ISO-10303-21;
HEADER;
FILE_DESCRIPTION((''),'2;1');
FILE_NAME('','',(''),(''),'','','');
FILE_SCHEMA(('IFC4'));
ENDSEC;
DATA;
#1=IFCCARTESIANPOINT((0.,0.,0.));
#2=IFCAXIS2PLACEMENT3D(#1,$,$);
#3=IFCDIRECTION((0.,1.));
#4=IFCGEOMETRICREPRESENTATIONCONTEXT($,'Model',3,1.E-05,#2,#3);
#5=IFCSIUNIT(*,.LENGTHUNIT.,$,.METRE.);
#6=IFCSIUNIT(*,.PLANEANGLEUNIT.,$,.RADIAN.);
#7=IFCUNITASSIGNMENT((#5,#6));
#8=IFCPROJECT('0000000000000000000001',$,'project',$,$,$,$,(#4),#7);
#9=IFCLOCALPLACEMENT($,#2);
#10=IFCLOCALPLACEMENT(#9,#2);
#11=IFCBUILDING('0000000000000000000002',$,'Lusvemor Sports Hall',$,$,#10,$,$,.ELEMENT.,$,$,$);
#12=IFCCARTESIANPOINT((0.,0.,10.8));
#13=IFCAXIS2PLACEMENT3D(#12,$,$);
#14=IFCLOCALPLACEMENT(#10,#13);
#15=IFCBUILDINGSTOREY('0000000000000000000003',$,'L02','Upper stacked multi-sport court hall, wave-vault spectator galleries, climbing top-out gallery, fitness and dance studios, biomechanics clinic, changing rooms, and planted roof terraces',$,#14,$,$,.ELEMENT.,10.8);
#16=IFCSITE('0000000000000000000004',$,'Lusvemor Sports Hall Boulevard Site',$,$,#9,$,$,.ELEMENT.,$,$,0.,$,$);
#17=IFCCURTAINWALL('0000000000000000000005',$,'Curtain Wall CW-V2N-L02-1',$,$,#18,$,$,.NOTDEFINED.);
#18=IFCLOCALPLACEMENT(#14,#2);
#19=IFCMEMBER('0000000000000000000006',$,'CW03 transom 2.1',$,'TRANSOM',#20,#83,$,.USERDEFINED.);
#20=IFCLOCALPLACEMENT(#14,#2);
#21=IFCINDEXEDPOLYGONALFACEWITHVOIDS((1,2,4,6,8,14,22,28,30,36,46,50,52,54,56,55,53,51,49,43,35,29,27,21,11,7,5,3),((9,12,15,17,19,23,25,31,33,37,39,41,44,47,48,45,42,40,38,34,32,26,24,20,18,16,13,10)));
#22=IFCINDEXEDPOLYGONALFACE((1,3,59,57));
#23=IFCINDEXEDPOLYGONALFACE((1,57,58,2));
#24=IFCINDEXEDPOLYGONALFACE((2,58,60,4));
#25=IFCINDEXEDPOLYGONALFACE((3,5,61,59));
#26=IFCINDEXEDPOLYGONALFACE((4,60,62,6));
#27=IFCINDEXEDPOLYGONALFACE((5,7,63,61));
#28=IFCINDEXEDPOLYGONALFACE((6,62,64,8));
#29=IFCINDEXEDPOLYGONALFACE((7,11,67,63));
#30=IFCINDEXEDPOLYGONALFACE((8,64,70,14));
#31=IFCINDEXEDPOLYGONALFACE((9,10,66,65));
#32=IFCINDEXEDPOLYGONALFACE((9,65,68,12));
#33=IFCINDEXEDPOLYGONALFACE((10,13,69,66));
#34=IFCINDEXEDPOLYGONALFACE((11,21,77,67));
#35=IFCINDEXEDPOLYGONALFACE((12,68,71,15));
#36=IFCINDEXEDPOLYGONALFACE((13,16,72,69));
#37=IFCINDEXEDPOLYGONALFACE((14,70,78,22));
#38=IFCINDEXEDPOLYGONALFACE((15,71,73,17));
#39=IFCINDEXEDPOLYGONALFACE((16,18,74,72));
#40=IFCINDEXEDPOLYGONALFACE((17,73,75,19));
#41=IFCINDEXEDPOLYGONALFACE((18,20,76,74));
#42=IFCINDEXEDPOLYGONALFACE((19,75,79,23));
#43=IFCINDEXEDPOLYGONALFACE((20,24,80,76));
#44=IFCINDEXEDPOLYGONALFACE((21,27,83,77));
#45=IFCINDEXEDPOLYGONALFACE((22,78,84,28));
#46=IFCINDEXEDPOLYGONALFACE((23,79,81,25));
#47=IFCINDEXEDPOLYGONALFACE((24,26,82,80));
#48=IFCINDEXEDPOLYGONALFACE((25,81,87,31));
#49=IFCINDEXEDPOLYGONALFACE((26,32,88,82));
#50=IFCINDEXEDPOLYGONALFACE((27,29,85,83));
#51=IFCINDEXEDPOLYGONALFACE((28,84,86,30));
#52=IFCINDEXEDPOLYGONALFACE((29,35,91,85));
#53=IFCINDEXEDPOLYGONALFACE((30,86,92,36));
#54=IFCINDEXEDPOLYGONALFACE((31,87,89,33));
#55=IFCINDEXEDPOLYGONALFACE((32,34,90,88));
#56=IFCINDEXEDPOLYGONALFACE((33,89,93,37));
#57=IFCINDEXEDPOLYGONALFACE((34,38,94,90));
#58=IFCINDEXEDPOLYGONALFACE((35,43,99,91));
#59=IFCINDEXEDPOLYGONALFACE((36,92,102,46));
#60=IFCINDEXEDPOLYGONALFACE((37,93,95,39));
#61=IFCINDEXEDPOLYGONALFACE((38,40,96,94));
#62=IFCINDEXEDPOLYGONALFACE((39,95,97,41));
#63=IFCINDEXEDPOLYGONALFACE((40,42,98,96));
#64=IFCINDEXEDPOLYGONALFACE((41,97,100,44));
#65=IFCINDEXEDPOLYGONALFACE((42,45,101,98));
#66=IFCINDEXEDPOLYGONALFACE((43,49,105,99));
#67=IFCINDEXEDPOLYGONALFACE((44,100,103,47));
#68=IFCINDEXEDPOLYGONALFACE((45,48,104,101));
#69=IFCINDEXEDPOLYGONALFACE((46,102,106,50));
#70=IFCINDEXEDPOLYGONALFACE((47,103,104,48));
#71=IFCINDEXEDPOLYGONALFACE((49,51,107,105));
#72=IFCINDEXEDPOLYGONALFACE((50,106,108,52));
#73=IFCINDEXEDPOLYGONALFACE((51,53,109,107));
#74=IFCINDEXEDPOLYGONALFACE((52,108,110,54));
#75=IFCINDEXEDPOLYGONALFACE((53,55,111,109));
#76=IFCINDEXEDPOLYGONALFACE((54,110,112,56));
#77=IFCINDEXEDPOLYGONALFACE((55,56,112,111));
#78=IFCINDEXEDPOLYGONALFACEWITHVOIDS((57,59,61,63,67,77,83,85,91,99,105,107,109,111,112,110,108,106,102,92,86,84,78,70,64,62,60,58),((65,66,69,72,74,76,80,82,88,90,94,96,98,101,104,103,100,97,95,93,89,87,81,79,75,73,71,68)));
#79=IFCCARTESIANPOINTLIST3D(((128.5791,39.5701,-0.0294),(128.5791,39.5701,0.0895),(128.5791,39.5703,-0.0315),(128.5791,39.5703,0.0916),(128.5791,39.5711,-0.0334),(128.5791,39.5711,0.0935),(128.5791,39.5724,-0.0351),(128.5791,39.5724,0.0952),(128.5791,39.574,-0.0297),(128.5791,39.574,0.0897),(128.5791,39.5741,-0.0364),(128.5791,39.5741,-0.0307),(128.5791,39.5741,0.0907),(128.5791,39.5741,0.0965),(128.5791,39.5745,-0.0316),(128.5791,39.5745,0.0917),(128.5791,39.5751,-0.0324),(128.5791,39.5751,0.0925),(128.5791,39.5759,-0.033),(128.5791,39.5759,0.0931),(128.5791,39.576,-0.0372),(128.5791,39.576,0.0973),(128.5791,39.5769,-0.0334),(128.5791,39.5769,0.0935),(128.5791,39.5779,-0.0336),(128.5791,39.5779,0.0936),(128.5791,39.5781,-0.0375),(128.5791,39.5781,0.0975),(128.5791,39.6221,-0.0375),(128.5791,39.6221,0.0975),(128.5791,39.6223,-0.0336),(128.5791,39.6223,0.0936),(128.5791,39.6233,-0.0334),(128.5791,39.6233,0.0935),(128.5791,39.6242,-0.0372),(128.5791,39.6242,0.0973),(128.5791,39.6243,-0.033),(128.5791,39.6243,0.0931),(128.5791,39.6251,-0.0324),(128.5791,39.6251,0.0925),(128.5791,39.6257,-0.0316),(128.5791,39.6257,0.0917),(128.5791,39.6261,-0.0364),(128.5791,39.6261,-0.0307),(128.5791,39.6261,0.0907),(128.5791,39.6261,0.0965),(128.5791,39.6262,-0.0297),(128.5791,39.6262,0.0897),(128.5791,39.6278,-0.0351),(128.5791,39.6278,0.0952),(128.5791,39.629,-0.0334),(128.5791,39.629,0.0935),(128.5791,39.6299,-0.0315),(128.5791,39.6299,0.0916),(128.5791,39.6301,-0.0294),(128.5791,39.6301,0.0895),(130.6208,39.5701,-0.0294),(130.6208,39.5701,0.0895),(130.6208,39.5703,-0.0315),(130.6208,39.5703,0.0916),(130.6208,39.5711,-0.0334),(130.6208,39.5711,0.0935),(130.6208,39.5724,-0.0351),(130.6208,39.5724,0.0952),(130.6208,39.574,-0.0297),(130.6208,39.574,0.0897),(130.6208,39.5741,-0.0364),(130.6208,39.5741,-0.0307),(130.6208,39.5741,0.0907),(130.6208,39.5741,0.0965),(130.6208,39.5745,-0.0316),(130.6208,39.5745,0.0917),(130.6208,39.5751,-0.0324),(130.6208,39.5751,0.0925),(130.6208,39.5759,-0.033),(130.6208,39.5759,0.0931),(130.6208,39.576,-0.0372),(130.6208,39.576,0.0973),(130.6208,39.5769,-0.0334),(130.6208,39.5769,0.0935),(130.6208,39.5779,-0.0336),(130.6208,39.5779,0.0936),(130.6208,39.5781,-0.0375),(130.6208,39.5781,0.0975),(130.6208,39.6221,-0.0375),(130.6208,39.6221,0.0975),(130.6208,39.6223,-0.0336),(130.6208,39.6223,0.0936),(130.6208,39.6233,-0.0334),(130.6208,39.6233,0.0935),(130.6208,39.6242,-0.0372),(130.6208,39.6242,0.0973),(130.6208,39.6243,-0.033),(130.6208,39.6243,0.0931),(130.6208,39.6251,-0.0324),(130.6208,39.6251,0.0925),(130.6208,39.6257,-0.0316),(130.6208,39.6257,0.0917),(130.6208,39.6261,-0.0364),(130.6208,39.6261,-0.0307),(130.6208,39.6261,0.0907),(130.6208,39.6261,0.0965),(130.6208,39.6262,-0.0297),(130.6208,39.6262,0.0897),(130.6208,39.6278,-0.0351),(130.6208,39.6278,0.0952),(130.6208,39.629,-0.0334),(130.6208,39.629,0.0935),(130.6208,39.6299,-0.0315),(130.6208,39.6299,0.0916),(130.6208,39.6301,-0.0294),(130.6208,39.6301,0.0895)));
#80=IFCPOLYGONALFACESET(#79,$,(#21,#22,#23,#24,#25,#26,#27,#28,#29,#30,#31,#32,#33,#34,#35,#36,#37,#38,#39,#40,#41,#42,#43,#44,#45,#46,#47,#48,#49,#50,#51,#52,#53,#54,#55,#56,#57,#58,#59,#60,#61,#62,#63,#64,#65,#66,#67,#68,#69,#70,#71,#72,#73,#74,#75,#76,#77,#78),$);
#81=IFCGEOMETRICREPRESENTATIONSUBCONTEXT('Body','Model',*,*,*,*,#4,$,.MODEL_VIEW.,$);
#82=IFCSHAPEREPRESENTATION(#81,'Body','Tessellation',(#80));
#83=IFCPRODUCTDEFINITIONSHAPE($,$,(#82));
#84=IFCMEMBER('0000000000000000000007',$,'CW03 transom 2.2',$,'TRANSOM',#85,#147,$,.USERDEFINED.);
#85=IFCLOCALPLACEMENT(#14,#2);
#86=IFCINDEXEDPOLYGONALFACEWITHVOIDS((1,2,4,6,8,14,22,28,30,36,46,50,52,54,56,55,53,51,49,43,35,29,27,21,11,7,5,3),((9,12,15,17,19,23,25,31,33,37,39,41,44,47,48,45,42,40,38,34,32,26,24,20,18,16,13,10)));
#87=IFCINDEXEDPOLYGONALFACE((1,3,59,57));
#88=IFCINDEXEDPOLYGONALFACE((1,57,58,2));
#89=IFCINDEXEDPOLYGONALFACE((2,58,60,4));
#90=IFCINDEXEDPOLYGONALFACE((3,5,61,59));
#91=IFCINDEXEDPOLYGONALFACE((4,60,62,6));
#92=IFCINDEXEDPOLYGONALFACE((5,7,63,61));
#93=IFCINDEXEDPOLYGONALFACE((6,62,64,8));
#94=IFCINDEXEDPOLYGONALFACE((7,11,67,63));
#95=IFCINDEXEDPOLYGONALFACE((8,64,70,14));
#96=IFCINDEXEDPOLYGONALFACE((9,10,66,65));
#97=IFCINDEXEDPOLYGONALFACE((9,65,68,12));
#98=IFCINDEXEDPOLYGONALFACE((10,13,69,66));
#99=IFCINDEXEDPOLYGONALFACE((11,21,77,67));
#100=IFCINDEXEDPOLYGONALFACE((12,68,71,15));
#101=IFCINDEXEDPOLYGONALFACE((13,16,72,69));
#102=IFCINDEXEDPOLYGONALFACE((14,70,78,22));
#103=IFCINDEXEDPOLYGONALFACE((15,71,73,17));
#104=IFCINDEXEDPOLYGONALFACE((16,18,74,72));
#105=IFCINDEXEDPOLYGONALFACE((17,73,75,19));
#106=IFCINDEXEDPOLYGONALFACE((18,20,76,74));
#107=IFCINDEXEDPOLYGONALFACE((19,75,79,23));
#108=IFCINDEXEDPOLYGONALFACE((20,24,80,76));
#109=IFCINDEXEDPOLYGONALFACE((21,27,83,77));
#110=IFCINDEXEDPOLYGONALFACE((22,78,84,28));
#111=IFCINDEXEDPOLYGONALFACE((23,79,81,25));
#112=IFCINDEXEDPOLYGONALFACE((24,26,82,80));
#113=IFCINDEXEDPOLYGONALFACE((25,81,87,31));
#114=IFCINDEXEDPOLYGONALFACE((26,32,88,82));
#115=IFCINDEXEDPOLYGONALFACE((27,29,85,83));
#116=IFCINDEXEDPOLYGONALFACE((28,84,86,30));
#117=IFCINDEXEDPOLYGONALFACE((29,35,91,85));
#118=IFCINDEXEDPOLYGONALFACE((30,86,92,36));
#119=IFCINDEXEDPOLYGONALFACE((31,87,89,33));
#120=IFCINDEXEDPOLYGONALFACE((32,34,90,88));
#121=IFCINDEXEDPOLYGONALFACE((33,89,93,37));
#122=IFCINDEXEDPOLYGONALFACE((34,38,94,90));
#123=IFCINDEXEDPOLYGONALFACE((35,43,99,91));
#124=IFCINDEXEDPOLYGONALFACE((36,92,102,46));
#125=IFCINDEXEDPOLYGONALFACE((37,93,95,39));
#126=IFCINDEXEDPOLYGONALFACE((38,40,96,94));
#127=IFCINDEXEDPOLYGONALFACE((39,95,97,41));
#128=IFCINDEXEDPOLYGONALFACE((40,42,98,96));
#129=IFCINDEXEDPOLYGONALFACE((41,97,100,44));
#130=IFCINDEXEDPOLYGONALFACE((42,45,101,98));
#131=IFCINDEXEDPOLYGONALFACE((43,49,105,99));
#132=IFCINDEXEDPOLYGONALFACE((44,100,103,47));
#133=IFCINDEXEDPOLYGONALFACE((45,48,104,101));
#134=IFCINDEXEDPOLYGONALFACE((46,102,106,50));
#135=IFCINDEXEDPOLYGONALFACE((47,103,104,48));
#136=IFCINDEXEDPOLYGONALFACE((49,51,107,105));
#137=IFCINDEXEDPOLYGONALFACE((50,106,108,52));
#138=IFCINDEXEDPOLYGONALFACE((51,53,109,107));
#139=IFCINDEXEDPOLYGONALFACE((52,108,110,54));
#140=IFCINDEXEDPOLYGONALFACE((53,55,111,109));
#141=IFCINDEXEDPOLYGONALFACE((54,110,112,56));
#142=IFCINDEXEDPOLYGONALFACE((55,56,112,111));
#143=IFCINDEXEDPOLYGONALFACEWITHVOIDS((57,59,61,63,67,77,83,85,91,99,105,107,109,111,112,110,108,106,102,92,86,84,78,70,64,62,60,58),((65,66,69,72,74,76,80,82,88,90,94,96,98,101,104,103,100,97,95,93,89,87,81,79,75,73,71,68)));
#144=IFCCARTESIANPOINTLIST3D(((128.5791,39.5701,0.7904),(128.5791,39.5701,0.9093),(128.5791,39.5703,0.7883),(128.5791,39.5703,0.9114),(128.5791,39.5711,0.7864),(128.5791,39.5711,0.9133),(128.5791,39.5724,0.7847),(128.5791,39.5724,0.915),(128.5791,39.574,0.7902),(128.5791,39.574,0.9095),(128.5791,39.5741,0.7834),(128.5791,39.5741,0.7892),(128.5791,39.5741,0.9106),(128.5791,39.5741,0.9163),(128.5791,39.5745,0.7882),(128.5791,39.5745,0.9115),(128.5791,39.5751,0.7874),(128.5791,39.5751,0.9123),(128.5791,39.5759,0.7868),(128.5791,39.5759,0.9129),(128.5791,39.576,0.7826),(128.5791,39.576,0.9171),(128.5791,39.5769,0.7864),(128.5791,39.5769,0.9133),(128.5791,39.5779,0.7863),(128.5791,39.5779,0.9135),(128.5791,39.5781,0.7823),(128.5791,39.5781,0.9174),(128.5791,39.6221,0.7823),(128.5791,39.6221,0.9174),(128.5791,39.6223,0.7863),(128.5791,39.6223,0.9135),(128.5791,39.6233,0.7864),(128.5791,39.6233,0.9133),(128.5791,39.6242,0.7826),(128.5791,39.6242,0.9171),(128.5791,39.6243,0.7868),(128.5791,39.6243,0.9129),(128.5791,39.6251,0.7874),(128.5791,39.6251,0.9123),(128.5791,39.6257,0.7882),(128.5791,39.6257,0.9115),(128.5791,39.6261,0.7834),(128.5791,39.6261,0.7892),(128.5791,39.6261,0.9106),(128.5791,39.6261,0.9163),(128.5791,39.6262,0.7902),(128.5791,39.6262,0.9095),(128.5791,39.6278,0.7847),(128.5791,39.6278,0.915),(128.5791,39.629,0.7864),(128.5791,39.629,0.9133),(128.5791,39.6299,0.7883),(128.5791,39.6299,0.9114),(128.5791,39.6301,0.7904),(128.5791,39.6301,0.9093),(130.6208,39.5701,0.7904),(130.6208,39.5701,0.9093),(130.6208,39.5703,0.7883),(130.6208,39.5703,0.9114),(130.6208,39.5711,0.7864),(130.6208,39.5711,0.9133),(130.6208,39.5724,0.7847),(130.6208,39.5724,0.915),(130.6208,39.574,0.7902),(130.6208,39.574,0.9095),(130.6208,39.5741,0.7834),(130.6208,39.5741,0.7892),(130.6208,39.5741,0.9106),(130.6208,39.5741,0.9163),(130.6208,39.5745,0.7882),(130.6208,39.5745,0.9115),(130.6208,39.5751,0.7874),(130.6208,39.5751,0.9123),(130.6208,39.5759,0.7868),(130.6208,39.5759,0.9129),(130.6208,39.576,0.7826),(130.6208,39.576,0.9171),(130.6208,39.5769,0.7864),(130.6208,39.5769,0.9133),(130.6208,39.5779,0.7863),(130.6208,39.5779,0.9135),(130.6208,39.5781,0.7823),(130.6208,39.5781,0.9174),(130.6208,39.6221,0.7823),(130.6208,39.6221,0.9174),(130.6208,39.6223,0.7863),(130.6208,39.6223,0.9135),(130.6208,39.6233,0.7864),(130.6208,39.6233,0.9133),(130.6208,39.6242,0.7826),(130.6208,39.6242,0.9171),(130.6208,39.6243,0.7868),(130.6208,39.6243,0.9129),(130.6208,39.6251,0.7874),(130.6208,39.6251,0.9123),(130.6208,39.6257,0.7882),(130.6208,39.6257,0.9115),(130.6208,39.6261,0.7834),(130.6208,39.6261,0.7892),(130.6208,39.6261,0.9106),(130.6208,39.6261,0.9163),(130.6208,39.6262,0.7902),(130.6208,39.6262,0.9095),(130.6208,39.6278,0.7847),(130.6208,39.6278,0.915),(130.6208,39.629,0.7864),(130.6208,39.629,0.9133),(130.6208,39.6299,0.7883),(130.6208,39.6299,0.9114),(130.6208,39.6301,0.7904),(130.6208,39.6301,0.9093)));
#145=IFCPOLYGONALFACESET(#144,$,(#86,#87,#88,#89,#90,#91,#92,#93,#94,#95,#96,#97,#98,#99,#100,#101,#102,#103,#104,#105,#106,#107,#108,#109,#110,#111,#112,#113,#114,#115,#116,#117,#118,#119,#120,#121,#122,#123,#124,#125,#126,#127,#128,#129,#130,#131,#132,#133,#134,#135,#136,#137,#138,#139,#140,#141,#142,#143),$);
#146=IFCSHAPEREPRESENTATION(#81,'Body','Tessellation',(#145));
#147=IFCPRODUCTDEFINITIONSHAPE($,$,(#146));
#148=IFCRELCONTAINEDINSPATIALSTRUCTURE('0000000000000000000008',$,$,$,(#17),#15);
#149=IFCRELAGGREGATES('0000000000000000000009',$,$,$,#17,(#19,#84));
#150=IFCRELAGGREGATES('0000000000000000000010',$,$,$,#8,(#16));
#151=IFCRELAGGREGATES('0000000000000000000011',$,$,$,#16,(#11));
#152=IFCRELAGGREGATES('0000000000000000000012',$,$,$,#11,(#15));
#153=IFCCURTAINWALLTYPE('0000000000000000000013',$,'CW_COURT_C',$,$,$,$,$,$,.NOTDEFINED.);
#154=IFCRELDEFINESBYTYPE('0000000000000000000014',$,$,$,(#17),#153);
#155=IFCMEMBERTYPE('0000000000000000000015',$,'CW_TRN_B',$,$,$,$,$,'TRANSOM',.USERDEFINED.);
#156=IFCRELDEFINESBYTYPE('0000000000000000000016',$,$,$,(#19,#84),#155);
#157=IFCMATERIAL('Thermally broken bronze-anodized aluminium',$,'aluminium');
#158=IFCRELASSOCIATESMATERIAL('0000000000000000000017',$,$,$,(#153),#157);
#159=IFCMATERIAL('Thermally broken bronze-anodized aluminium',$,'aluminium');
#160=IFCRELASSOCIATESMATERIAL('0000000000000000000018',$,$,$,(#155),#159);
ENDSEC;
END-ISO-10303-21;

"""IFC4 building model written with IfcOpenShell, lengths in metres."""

from ifc_helpers import new_model, si_unit, direction, frame, origin, origin_2d, place, context, subcontext, project, spatial, hollow_rectangle, extrude, material, material_profile, profile_set, type_object, element, aggregate, save


model = new_model("IFC4")

# Units and contexts
model_context = context("Model", 3, precision=1e-05, world=origin(), true_north=direction((0.0, 1.0)))
body_context = subcontext(model_context, "Body", "Model", "MODEL_VIEW")
ifc_project = project(units=[si_unit("LENGTHUNIT", "METRE"), si_unit("PLANEANGLEUNIT", "RADIAN")], contexts=[model_context])

# Site, building, storey
site_placement = place(None, origin())
site = spatial("IfcSite", under=ifc_project, at=site_placement, Name="Lusvemor Sports Hall Boulevard Site", CompositionType="ELEMENT", RefElevation=0.0)
building_placement = place(site_placement, origin())
building = spatial("IfcBuilding", under=site, at=building_placement, Name="Lusvemor Sports Hall", CompositionType="ELEMENT")
storey_placement = place(building_placement, frame((0.0, 0.0, 10.8)))
storey = spatial("IfcBuildingStorey", under=building, at=storey_placement, Name="L02", Description="Upper stacked multi-sport court hall, wave-vault spectator galleries, climbing top-out gallery, fitness and dance studios, biomechanics clinic, changing rooms, and planted roof terraces", CompositionType="ELEMENT", Elevation=10.8)

# Curtain wall
ifc_material_1 = material(Name="Thermally broken bronze-anodized aluminium", Category="aluminium")
curtain_wall_type_1 = type_object("IfcCurtainWallType", Name="CW_COURT_C", PredefinedType="NOTDEFINED", material=ifc_material_1)
curtain_wall_1_placement = place(storey_placement, origin())
curtain_wall_1 = element("IfcCurtainWall", 1, at=curtain_wall_1_placement, inside=storey, type_object=curtain_wall_type_1, Name="Curtain Wall CW-V2N-L02-1", PredefinedType="NOTDEFINED")

# Members
ifc_material_2 = material(Name="Thermally broken bronze-anodized aluminium", Category="aluminium")
ifc_material_profile_1 = material_profile(ifc_material_2, hollow_rectangle(XDim=0.0601, YDim=0.135, WallThickness=0.0039, InnerFilletRadius=0.0039, OuterFilletRadius=0.0081, at=origin_2d()), Name="CWTRN135x60x4")
ifc_profile_set_1 = profile_set([ifc_material_profile_1], Name="Thermally broken bronze-anodized aluminium")
member_type_1 = type_object("IfcMemberType", Name="CW_TRN_B", ElementType="TRANSOM", PredefinedType="USERDEFINED", material=ifc_profile_set_1)
member_1_placement = place(storey_placement, frame((128.5791, 39.6001, 0.03), z_axis=(1.0, 0.0, 0.0), x_axis=(0.0, 1.0, 0.0)))
member_1 = element("IfcMember", 2, at=member_1_placement, type_object=member_type_1, Name="CW03 transom 2.1", ObjectType="TRANSOM", PredefinedType="USERDEFINED", context=body_context, shape_type="SweptSolid", body=[
    extrude(hollow_rectangle(XDim=0.0601, YDim=0.135, WallThickness=0.0039, InnerFilletRadius=0.0039, OuterFilletRadius=0.0081, at=origin_2d()), origin(), (0.0, 0.0, 1.0), 2.0417),
])
member_2_placement = place(storey_placement, frame((128.5791, 39.6001, 0.8499), z_axis=(1.0, 0.0, 0.0), x_axis=(0.0, 1.0, 0.0)))
member_2 = element("IfcMember", 3, at=member_2_placement, type_object=member_type_1, Name="CW03 transom 2.2", ObjectType="TRANSOM", PredefinedType="USERDEFINED", context=body_context, shape_type="SweptSolid", body=[
    extrude(hollow_rectangle(XDim=0.0601, YDim=0.135, WallThickness=0.0039, InnerFilletRadius=0.0039, OuterFilletRadius=0.0081, at=origin_2d()), origin(), (0.0, 0.0, 1.0), 2.0417),
])

aggregate(curtain_wall_1, [member_1, member_2])

save(model, "model.ifc")
